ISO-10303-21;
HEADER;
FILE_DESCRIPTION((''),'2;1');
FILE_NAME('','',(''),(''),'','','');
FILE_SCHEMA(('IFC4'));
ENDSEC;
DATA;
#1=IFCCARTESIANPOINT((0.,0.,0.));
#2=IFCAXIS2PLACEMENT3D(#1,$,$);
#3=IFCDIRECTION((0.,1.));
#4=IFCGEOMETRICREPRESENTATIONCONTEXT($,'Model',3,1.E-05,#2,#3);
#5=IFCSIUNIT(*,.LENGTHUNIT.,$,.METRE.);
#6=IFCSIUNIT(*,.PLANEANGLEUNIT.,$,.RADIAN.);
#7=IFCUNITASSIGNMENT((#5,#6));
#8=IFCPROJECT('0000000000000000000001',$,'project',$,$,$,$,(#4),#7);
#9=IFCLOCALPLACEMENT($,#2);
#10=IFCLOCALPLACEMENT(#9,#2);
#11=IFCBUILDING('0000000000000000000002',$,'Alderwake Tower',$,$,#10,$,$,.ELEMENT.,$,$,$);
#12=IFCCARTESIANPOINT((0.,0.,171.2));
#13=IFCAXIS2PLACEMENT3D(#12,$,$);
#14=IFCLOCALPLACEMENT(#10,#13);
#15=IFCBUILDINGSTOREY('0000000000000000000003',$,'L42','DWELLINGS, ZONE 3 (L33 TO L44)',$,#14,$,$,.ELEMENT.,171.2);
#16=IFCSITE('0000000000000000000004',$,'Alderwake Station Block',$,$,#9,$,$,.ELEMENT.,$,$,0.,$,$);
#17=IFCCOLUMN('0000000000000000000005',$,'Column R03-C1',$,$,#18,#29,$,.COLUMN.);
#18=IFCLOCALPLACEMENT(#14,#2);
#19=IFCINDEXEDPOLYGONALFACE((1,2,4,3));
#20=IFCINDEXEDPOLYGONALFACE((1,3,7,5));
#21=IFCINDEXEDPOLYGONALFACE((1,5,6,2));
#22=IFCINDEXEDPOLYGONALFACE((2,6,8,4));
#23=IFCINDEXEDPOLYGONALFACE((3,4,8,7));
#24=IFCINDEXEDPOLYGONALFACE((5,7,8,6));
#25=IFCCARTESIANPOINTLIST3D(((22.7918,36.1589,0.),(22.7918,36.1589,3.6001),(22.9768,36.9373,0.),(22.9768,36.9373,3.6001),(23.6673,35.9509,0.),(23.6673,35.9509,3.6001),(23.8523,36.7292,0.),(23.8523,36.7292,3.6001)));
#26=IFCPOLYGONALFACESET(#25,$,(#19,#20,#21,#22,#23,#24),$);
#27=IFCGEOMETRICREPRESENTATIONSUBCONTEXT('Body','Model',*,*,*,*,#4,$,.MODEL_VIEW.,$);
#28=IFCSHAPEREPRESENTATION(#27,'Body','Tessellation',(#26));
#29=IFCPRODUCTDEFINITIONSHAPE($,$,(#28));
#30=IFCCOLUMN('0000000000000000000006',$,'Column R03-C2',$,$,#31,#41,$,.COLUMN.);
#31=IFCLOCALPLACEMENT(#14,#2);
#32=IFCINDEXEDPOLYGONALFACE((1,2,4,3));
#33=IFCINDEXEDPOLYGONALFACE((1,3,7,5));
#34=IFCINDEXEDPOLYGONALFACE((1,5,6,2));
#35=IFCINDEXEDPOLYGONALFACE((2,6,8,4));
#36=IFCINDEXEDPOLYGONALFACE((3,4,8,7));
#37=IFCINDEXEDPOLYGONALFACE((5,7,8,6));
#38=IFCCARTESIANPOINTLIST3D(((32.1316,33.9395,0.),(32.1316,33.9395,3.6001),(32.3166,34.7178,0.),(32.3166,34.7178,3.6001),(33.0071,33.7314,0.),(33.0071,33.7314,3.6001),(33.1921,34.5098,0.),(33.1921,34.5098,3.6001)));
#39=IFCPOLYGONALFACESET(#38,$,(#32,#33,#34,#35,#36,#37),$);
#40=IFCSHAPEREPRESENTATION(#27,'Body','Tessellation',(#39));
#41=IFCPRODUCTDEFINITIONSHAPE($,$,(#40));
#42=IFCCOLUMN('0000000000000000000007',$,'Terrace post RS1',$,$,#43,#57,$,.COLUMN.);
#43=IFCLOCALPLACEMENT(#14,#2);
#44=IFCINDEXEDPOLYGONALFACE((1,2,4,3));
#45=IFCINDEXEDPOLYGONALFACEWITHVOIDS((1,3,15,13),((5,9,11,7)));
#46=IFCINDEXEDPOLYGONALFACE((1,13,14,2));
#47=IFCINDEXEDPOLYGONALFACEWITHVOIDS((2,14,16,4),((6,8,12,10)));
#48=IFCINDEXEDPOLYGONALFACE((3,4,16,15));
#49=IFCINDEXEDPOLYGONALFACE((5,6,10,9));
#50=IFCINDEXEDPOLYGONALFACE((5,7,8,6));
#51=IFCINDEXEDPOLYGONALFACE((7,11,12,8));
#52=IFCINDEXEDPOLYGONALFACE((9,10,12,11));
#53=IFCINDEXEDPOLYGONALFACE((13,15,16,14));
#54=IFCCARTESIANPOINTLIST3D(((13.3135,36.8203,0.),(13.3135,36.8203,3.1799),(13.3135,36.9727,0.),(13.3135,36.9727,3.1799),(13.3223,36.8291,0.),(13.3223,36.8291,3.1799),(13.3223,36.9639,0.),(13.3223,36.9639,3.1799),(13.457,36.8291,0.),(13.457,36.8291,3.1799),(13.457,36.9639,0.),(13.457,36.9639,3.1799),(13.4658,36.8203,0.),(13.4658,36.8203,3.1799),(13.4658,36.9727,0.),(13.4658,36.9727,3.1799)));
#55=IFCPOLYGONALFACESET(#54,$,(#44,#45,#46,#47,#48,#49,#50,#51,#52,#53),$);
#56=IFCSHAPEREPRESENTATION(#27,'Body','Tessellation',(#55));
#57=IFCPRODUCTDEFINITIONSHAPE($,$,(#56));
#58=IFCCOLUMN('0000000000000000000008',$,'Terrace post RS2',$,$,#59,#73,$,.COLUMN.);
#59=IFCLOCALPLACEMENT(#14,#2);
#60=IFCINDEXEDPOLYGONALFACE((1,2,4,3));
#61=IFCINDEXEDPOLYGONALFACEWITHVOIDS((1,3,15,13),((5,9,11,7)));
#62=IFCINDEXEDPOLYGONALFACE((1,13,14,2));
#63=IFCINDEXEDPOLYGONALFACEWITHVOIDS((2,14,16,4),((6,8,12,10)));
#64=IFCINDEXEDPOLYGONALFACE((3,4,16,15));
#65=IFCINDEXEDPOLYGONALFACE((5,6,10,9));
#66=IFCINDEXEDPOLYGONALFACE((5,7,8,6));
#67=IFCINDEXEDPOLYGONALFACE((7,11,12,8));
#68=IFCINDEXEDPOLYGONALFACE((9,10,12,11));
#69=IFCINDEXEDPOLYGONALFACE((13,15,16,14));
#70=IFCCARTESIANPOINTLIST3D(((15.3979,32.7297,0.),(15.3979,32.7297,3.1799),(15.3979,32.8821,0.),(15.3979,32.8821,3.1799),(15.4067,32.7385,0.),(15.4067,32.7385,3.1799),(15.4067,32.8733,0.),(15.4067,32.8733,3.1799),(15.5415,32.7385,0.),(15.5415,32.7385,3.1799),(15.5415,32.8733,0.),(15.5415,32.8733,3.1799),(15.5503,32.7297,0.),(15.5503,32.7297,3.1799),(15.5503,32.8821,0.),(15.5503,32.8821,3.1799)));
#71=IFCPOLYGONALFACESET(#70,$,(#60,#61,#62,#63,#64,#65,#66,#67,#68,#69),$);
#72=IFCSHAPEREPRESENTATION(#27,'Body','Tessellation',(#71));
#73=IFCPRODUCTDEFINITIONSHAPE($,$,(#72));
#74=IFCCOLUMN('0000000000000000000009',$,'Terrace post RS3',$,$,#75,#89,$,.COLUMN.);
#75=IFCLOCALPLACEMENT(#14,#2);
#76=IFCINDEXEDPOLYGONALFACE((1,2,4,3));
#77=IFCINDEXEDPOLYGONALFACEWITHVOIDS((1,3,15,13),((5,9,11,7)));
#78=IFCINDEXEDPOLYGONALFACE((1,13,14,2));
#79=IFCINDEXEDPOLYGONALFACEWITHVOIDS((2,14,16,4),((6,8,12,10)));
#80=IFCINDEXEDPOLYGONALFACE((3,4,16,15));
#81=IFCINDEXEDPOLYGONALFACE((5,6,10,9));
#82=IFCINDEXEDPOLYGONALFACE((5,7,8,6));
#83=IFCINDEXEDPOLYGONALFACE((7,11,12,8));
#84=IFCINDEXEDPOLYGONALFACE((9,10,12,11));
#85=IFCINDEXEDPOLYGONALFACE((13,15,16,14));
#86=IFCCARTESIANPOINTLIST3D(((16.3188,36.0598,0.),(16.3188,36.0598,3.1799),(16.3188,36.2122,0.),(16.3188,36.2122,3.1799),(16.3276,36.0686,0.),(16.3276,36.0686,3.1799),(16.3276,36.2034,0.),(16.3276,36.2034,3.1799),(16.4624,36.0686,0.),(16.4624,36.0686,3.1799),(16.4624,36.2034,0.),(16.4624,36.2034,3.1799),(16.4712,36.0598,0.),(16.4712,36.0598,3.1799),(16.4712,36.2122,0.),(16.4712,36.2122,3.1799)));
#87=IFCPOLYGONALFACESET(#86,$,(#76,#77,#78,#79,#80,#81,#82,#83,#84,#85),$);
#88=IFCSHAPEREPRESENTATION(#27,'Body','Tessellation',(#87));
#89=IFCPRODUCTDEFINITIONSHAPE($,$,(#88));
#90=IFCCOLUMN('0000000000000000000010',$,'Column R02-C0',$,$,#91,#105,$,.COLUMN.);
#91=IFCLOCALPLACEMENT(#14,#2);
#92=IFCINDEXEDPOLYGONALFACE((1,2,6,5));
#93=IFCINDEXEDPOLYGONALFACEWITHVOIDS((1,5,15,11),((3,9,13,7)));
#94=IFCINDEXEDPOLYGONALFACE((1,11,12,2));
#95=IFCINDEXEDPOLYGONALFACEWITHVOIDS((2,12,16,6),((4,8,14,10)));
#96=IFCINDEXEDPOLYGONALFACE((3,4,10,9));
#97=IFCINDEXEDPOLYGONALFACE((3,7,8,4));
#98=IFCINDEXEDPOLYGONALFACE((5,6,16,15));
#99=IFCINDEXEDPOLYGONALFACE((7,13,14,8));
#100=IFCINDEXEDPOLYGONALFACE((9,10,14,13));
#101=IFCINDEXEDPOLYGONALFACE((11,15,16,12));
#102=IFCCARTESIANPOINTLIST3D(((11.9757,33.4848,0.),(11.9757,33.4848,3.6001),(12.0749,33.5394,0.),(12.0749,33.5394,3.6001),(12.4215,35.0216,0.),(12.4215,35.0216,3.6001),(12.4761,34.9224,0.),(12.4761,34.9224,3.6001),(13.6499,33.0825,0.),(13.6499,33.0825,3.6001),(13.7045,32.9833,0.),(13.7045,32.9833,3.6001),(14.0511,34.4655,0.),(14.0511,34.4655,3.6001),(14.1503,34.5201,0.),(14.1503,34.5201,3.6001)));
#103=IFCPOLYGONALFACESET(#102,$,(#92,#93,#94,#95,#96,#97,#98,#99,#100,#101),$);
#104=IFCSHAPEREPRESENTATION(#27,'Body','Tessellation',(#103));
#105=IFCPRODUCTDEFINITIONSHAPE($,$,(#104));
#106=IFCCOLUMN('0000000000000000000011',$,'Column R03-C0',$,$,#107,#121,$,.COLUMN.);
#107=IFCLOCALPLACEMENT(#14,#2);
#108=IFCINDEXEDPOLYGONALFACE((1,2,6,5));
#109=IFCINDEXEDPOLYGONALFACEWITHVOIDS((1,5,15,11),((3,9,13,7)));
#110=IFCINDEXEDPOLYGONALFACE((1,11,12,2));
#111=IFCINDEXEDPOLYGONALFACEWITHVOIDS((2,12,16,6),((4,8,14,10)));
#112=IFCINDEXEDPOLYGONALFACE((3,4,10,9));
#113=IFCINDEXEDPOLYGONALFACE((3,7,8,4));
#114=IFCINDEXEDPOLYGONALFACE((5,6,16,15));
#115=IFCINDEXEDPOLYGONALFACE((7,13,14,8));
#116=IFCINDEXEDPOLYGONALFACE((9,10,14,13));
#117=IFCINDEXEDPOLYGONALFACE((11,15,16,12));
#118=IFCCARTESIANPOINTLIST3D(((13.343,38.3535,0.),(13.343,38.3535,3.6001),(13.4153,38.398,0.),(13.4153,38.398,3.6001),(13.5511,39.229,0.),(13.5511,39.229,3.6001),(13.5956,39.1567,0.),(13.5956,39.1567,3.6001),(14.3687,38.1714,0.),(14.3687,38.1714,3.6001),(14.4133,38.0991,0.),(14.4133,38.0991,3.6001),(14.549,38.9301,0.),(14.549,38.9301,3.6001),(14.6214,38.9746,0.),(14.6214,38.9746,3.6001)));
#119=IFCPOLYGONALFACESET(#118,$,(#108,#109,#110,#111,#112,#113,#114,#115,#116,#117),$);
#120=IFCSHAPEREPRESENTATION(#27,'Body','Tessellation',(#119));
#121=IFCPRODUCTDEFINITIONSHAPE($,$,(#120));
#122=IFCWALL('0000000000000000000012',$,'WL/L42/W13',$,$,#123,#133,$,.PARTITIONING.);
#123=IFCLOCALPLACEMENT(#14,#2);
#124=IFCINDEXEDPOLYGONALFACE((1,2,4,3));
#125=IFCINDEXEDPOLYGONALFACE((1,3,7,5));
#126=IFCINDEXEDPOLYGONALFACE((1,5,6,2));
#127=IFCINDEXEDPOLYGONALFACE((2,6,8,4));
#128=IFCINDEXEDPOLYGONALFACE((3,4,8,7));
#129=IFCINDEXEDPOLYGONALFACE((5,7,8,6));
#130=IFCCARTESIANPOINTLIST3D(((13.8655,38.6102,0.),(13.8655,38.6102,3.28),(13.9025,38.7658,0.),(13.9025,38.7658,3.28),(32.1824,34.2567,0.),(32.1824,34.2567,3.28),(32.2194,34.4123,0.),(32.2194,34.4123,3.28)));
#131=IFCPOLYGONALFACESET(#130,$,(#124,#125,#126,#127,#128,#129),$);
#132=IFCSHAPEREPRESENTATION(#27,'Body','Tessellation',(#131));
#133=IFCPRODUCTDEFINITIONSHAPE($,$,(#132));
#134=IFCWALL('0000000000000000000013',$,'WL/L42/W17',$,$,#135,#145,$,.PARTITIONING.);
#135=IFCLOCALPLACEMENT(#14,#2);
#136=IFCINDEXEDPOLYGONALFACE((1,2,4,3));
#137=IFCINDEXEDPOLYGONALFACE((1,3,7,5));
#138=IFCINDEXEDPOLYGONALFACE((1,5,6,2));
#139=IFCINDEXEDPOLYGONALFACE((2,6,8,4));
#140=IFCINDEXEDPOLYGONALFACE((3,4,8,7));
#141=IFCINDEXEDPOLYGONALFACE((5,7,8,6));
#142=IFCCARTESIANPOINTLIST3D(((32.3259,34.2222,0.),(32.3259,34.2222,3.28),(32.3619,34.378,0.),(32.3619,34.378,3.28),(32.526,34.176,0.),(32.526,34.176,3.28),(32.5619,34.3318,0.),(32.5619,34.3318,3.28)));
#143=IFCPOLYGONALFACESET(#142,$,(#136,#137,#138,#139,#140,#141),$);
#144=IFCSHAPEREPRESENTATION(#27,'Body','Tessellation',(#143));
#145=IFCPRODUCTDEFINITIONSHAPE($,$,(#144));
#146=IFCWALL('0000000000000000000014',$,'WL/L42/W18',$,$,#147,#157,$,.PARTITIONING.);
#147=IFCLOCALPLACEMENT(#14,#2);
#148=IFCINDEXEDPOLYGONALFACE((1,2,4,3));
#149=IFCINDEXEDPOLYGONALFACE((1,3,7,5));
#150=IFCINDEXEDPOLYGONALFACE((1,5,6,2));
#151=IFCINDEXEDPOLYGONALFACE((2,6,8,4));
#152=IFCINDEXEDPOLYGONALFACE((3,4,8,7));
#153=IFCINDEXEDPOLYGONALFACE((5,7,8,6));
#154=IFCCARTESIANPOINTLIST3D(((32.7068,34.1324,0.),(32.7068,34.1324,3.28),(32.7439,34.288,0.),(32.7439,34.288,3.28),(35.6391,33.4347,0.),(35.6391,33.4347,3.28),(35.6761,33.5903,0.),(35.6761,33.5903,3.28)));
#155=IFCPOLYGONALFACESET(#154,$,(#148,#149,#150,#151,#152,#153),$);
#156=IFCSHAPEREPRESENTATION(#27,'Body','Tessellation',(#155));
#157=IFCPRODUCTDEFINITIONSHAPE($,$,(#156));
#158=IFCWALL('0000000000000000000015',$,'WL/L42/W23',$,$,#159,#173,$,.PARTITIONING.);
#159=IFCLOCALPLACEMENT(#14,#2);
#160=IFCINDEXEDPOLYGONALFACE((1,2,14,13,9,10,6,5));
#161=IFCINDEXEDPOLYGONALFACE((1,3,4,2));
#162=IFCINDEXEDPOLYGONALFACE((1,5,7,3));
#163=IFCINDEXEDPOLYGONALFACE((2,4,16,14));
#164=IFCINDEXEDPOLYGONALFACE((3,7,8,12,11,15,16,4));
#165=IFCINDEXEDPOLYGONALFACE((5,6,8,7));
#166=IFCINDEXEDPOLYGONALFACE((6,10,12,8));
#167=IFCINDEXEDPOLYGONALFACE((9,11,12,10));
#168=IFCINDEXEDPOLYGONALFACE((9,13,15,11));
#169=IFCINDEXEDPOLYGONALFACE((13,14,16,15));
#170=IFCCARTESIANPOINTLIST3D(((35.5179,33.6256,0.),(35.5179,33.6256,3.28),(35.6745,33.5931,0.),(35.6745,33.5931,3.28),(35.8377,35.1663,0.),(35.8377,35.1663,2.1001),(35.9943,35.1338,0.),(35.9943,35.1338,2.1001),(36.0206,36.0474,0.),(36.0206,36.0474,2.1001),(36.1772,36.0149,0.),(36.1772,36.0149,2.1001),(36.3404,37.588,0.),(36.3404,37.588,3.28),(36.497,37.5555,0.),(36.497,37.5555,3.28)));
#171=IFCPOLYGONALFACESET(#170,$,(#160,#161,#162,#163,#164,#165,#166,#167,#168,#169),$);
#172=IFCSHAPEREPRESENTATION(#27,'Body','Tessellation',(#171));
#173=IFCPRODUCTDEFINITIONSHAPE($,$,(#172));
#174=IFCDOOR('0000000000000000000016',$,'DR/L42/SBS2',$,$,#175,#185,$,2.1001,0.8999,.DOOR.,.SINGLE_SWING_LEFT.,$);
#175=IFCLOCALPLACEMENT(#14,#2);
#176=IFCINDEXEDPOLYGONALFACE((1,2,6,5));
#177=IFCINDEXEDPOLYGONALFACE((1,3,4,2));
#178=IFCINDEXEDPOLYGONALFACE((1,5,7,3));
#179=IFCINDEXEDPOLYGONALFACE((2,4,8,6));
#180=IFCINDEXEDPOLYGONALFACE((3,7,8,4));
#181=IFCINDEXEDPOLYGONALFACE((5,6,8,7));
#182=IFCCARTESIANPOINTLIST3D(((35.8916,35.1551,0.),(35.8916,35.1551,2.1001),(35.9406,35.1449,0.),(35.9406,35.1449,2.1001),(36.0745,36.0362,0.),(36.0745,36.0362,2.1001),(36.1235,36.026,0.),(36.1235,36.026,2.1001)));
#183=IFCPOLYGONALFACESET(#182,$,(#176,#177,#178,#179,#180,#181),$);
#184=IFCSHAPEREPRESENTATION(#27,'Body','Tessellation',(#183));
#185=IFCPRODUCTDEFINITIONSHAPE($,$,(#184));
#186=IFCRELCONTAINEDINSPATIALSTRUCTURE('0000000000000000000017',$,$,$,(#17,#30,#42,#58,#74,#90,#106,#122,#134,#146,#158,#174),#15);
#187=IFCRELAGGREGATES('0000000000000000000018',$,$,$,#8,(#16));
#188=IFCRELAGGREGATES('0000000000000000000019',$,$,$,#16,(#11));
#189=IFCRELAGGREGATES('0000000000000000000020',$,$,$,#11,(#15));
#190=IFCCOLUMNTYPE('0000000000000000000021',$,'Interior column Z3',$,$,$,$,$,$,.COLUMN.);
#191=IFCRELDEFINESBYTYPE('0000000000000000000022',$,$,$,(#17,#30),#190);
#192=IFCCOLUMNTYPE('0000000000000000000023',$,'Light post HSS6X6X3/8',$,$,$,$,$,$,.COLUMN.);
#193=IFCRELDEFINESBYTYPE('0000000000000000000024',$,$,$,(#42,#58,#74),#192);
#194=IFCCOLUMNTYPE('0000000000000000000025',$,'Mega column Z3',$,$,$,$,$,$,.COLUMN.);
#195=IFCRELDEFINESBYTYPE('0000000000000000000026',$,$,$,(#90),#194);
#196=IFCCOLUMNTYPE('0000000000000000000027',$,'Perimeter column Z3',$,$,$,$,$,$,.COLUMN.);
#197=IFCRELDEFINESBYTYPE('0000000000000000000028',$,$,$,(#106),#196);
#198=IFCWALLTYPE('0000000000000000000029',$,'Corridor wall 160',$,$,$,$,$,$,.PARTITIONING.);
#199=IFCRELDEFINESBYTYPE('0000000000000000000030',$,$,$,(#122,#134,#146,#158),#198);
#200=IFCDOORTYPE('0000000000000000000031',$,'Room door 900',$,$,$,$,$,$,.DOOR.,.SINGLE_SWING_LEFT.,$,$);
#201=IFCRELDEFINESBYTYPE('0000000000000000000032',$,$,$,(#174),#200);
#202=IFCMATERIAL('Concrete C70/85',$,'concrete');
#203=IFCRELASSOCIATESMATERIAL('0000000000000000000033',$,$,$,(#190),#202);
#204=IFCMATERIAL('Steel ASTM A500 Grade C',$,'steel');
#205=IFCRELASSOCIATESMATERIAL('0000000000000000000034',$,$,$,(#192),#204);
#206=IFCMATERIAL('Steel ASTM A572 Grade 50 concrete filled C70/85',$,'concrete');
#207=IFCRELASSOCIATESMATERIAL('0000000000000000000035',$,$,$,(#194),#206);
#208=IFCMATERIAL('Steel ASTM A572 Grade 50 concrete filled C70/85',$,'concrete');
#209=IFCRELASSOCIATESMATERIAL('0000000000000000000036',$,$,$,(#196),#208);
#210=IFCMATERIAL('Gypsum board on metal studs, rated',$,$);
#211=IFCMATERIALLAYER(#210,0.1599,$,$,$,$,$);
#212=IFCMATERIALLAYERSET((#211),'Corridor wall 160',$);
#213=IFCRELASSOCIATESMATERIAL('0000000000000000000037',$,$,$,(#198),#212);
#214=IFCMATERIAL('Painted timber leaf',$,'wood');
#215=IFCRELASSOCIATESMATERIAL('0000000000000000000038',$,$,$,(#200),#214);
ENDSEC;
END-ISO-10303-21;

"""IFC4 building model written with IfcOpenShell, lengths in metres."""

from ifc_helpers import new_model, si_unit, direction, frame, frame_2d, origin, origin_2d, place, context, subcontext, project, spatial, rectangle, hollow_rectangle, extrude, material, layer, layer_set, material_profile, profile_set, type_object, element, fill, save


model = new_model("IFC4")

# Units and contexts
model_context = context("Model", 3, precision=1e-05, world=origin(), true_north=direction((0.0, 1.0)))
body_context = subcontext(model_context, "Body", "Model", "MODEL_VIEW")
ifc_project = project(units=[si_unit("LENGTHUNIT", "METRE"), si_unit("PLANEANGLEUNIT", "RADIAN")], contexts=[model_context])

# Site, building, storey
site_placement = place(None, origin())
site = spatial("IfcSite", under=ifc_project, at=site_placement, Name="Alderwake Station Block", CompositionType="ELEMENT", RefElevation=0.0)
building_placement = place(site_placement, origin())
building = spatial("IfcBuilding", under=site, at=building_placement, Name="Alderwake Tower", CompositionType="ELEMENT")
storey_placement = place(building_placement, frame((0.0, 0.0, 171.2)))
storey = spatial("IfcBuildingStorey", under=building, at=storey_placement, Name="L42", Description="DWELLINGS, ZONE 3 (L33 TO L44)", CompositionType="ELEMENT", Elevation=171.2)

# Columns
ifc_material_1 = material(Name="Concrete C70/85", Category="concrete")
ifc_material_profile_1 = material_profile(ifc_material_1, rectangle(XDim=0.8, YDim=0.8999, at=origin_2d()), Name="RC 900X800")
ifc_profile_set_1 = profile_set([ifc_material_profile_1], Name="Concrete C70/85")
column_type_1 = type_object("IfcColumnType", Name="Interior column Z3", PredefinedType="COLUMN", material=ifc_profile_set_1)
for number, where, z_axis, x_axis, name in (
    (1, (23.322, 36.4441, 0.0), (0.0, 0.0, 1.0), (0.231222, 0.972901, 0.0), "Column R03-C1"),
    (2, (32.6619, 34.2246, 0.0), (0.0, 0.0, 1.0), (0.231222, 0.972901, 0.0), "Column R03-C2"),
):
    element("IfcColumn", number, at=place(storey_placement, frame(where, z_axis=z_axis, x_axis=x_axis)), inside=storey, type_object=column_type_1, Name=name, PredefinedType="COLUMN", context=body_context, shape_type="SweptSolid", body=[
        extrude(rectangle(XDim=0.8, YDim=0.8999, at=origin_2d()), origin(), (0.0, 0.0, 1.0), 3.6001),
    ])
ifc_material_2 = material(Name="Steel ASTM A500 Grade C", Category="steel")
ifc_material_profile_2 = material_profile(ifc_material_2, hollow_rectangle(XDim=0.1523, YDim=0.1523, WallThickness=0.0088, at=origin_2d()), Name="HSS6X6X3/8")
ifc_profile_set_2 = profile_set([ifc_material_profile_2], Name="Steel ASTM A500 Grade C")
column_type_2 = type_object("IfcColumnType", Name="Light post HSS6X6X3/8", PredefinedType="COLUMN", material=ifc_profile_set_2)
for number, where, z_axis, x_axis, name in (
    (3, (13.3896, 36.8965, 0.0), (0.0, 0.0, 1.0), (1.0, 0.0, 0.0), "Terrace post RS1"),
    (4, (15.4741, 32.8059, 0.0), (0.0, 0.0, 1.0), (1.0, 0.0, 0.0), "Terrace post RS2"),
    (5, (16.395, 36.136, 0.0), (0.0, 0.0, 1.0), (1.0, 0.0, 0.0), "Terrace post RS3"),
):
    element("IfcColumn", number, at=place(storey_placement, frame(where, z_axis=z_axis, x_axis=x_axis)), inside=storey, type_object=column_type_2, Name=name, PredefinedType="COLUMN", context=body_context, shape_type="SweptSolid", body=[
        extrude(hollow_rectangle(XDim=0.1523, YDim=0.1523, WallThickness=0.0088, at=origin_2d()), origin(), (0.0, 0.0, 1.0), 3.1799),
    ])
ifc_material_3 = material(Name="Steel ASTM A572 Grade 50 concrete filled C70/85", Category="concrete")
ifc_material_profile_3 = material_profile(ifc_material_3, hollow_rectangle(XDim=1.6001, YDim=1.8, WallThickness=0.0801, at=origin_2d()), Name="BOX 1800X1600X80")
ifc_profile_set_3 = profile_set([ifc_material_profile_3], Name="Steel ASTM A572 Grade 50 concrete filled C70/85")
column_type_3 = type_object("IfcColumnType", Name="Mega column Z3", PredefinedType="COLUMN", material=ifc_profile_set_3)
column_1_placement = place(storey_placement, frame((13.063, 34.0024, 0.0), z_axis=(0.0, 0.0, 1.0), x_axis=(0.278612, 0.960404, 0.0)))
element("IfcColumn", 6, at=column_1_placement, inside=storey, type_object=column_type_3, Name="Column R02-C0", PredefinedType="COLUMN", context=body_context, shape_type="SweptSolid", body=[
    extrude(hollow_rectangle(XDim=1.6001, YDim=1.8, WallThickness=0.0801, at=origin_2d()), origin(), (0.0, 0.0, 1.0), 3.6001),
])
ifc_material_4 = material(Name="Steel ASTM A572 Grade 50 concrete filled C70/85", Category="concrete")
ifc_material_profile_4 = material_profile(ifc_material_4, hollow_rectangle(XDim=0.8999, YDim=1.1001, WallThickness=0.0601, at=origin_2d()), Name="BOX 1100X900X60")
ifc_profile_set_4 = profile_set([ifc_material_profile_4], Name="Steel ASTM A572 Grade 50 concrete filled C70/85")
column_type_4 = type_object("IfcColumnType", Name="Perimeter column Z3", PredefinedType="COLUMN", material=ifc_profile_set_4)
column_2_placement = place(storey_placement, frame((13.9822, 38.6641, 0.0), z_axis=(0.0, 0.0, 1.0), x_axis=(0.231222, 0.972901, 0.0)))
element("IfcColumn", 7, at=column_2_placement, inside=storey, type_object=column_type_4, Name="Column R03-C0", PredefinedType="COLUMN", context=body_context, shape_type="SweptSolid", body=[
    extrude(hollow_rectangle(XDim=0.8999, YDim=1.1001, WallThickness=0.0601, at=origin_2d()), origin(), (0.0, 0.0, 1.0), 3.6001),
])

# Walls
ifc_material_5 = material(Name="Gypsum board on metal studs, rated")
ifc_layer_1 = layer(ifc_material_5, 0.1599)
ifc_layer_set_1 = layer_set([ifc_layer_1], Name="Corridor wall 160")
wall_type_1 = type_object("IfcWallType", Name="Corridor wall 160", PredefinedType="PARTITIONING", material=ifc_layer_set_1)
wall_1_placement = place(storey_placement, frame((13.884, 38.688, 0.0), z_axis=(0.0, 0.0, 1.0), x_axis=(0.972898, -0.231236, 0.0)))
element("IfcWall", 8, at=wall_1_placement, inside=storey, type_object=wall_type_1, Name="WL/L42/W13", PredefinedType="PARTITIONING", context=body_context, shape_type="SweptSolid", body=[
    extrude(rectangle(XDim=18.8271, YDim=0.1599, at=frame_2d((9.4136, 0.0))), origin(), (0.0, 0.0, 1.0), 3.28),
])
wall_2_placement = place(storey_placement, frame((32.344, 34.3, 0.0), z_axis=(0.0, 0.0, 1.0), x_axis=(0.974391, -0.22486, 0.0)))
element("IfcWall", 9, at=wall_2_placement, inside=storey, type_object=wall_type_1, Name="WL/L42/W17", PredefinedType="PARTITIONING", context=body_context, shape_type="SweptSolid", body=[
    extrude(rectangle(XDim=0.2053, YDim=0.1599, at=frame_2d((0.1025, 0.0))), origin(), (0.0, 0.0, 1.0), 3.28),
])
wall_3_placement = place(storey_placement, frame((32.7253, 34.2102, 0.0), z_axis=(0.0, 0.0, 1.0), x_axis=(0.972838, -0.231485, 0.0)))
element("IfcWall", 10, at=wall_3_placement, inside=storey, type_object=wall_type_1, Name="WL/L42/W18", PredefinedType="PARTITIONING", context=body_context, shape_type="SweptSolid", body=[
    extrude(rectangle(XDim=3.0142, YDim=0.1599, at=frame_2d((1.5071, 0.0))), origin(), (0.0, 0.0, 1.0), 3.28),
])

# Wall, opening, door
wall_4_placement = place(storey_placement, frame((35.5962, 33.6094, 0.0), z_axis=(0.0, 0.0, 1.0), x_axis=(0.203246, 0.979128, 0.0)))
wall_4 = element("IfcWall", 11, at=wall_4_placement, inside=storey, type_object=wall_type_1, Name="WL/L42/W23", PredefinedType="PARTITIONING", context=body_context, shape_type="SweptSolid", body=[
    extrude(rectangle(XDim=4.0469, YDim=0.1599, at=frame_2d((2.0234, 0.0))), origin(), (0.0, 0.0, 1.0), 3.28),
])
opening_1_placement = place(wall_4_placement, frame((1.5735, 0.0, 0.0)))
opening_1 = element("IfcOpeningElement", 12, at=opening_1_placement, cuts=wall_4, PredefinedType="OPENING", context=body_context, shape_type="SweptSolid", body=[
    extrude(rectangle(XDim=0.8999, YDim=2.1001, at=frame_2d((0.45, 1.05))), frame((0.0, 0.0898, 0.0), z_axis=(0.0, -1.0, 0.0), x_axis=(1.0, 0.0, 0.0)), (0.0, 0.0, 1.0), 0.1799),
])
ifc_material_6 = material(Name="Painted timber leaf", Category="wood")
door_type_1 = type_object("IfcDoorType", Name="Room door 900", OperationType="SINGLE_SWING_LEFT", PredefinedType="DOOR", material=ifc_material_6)
door_1_placement = place(opening_1_placement, origin())
door_1 = element("IfcDoor", 13, at=door_1_placement, inside=storey, type_object=door_type_1, Name="DR/L42/SBS2", OperationType="SINGLE_SWING_LEFT", OverallHeight=2.1001, OverallWidth=0.8999, PredefinedType="DOOR", context=body_context, shape_type="SweptSolid", body=[
    extrude(rectangle(XDim=0.8999, YDim=2.1001, at=frame_2d((0.45, 1.05))), frame((0.0, 0.0249, 0.0), z_axis=(0.0, -1.0, 0.0), x_axis=(1.0, 0.0, 0.0)), (0.0, 0.0, 1.0), 0.05),
])
fill(opening_1, door_1)

save(model, "model.ifc")
